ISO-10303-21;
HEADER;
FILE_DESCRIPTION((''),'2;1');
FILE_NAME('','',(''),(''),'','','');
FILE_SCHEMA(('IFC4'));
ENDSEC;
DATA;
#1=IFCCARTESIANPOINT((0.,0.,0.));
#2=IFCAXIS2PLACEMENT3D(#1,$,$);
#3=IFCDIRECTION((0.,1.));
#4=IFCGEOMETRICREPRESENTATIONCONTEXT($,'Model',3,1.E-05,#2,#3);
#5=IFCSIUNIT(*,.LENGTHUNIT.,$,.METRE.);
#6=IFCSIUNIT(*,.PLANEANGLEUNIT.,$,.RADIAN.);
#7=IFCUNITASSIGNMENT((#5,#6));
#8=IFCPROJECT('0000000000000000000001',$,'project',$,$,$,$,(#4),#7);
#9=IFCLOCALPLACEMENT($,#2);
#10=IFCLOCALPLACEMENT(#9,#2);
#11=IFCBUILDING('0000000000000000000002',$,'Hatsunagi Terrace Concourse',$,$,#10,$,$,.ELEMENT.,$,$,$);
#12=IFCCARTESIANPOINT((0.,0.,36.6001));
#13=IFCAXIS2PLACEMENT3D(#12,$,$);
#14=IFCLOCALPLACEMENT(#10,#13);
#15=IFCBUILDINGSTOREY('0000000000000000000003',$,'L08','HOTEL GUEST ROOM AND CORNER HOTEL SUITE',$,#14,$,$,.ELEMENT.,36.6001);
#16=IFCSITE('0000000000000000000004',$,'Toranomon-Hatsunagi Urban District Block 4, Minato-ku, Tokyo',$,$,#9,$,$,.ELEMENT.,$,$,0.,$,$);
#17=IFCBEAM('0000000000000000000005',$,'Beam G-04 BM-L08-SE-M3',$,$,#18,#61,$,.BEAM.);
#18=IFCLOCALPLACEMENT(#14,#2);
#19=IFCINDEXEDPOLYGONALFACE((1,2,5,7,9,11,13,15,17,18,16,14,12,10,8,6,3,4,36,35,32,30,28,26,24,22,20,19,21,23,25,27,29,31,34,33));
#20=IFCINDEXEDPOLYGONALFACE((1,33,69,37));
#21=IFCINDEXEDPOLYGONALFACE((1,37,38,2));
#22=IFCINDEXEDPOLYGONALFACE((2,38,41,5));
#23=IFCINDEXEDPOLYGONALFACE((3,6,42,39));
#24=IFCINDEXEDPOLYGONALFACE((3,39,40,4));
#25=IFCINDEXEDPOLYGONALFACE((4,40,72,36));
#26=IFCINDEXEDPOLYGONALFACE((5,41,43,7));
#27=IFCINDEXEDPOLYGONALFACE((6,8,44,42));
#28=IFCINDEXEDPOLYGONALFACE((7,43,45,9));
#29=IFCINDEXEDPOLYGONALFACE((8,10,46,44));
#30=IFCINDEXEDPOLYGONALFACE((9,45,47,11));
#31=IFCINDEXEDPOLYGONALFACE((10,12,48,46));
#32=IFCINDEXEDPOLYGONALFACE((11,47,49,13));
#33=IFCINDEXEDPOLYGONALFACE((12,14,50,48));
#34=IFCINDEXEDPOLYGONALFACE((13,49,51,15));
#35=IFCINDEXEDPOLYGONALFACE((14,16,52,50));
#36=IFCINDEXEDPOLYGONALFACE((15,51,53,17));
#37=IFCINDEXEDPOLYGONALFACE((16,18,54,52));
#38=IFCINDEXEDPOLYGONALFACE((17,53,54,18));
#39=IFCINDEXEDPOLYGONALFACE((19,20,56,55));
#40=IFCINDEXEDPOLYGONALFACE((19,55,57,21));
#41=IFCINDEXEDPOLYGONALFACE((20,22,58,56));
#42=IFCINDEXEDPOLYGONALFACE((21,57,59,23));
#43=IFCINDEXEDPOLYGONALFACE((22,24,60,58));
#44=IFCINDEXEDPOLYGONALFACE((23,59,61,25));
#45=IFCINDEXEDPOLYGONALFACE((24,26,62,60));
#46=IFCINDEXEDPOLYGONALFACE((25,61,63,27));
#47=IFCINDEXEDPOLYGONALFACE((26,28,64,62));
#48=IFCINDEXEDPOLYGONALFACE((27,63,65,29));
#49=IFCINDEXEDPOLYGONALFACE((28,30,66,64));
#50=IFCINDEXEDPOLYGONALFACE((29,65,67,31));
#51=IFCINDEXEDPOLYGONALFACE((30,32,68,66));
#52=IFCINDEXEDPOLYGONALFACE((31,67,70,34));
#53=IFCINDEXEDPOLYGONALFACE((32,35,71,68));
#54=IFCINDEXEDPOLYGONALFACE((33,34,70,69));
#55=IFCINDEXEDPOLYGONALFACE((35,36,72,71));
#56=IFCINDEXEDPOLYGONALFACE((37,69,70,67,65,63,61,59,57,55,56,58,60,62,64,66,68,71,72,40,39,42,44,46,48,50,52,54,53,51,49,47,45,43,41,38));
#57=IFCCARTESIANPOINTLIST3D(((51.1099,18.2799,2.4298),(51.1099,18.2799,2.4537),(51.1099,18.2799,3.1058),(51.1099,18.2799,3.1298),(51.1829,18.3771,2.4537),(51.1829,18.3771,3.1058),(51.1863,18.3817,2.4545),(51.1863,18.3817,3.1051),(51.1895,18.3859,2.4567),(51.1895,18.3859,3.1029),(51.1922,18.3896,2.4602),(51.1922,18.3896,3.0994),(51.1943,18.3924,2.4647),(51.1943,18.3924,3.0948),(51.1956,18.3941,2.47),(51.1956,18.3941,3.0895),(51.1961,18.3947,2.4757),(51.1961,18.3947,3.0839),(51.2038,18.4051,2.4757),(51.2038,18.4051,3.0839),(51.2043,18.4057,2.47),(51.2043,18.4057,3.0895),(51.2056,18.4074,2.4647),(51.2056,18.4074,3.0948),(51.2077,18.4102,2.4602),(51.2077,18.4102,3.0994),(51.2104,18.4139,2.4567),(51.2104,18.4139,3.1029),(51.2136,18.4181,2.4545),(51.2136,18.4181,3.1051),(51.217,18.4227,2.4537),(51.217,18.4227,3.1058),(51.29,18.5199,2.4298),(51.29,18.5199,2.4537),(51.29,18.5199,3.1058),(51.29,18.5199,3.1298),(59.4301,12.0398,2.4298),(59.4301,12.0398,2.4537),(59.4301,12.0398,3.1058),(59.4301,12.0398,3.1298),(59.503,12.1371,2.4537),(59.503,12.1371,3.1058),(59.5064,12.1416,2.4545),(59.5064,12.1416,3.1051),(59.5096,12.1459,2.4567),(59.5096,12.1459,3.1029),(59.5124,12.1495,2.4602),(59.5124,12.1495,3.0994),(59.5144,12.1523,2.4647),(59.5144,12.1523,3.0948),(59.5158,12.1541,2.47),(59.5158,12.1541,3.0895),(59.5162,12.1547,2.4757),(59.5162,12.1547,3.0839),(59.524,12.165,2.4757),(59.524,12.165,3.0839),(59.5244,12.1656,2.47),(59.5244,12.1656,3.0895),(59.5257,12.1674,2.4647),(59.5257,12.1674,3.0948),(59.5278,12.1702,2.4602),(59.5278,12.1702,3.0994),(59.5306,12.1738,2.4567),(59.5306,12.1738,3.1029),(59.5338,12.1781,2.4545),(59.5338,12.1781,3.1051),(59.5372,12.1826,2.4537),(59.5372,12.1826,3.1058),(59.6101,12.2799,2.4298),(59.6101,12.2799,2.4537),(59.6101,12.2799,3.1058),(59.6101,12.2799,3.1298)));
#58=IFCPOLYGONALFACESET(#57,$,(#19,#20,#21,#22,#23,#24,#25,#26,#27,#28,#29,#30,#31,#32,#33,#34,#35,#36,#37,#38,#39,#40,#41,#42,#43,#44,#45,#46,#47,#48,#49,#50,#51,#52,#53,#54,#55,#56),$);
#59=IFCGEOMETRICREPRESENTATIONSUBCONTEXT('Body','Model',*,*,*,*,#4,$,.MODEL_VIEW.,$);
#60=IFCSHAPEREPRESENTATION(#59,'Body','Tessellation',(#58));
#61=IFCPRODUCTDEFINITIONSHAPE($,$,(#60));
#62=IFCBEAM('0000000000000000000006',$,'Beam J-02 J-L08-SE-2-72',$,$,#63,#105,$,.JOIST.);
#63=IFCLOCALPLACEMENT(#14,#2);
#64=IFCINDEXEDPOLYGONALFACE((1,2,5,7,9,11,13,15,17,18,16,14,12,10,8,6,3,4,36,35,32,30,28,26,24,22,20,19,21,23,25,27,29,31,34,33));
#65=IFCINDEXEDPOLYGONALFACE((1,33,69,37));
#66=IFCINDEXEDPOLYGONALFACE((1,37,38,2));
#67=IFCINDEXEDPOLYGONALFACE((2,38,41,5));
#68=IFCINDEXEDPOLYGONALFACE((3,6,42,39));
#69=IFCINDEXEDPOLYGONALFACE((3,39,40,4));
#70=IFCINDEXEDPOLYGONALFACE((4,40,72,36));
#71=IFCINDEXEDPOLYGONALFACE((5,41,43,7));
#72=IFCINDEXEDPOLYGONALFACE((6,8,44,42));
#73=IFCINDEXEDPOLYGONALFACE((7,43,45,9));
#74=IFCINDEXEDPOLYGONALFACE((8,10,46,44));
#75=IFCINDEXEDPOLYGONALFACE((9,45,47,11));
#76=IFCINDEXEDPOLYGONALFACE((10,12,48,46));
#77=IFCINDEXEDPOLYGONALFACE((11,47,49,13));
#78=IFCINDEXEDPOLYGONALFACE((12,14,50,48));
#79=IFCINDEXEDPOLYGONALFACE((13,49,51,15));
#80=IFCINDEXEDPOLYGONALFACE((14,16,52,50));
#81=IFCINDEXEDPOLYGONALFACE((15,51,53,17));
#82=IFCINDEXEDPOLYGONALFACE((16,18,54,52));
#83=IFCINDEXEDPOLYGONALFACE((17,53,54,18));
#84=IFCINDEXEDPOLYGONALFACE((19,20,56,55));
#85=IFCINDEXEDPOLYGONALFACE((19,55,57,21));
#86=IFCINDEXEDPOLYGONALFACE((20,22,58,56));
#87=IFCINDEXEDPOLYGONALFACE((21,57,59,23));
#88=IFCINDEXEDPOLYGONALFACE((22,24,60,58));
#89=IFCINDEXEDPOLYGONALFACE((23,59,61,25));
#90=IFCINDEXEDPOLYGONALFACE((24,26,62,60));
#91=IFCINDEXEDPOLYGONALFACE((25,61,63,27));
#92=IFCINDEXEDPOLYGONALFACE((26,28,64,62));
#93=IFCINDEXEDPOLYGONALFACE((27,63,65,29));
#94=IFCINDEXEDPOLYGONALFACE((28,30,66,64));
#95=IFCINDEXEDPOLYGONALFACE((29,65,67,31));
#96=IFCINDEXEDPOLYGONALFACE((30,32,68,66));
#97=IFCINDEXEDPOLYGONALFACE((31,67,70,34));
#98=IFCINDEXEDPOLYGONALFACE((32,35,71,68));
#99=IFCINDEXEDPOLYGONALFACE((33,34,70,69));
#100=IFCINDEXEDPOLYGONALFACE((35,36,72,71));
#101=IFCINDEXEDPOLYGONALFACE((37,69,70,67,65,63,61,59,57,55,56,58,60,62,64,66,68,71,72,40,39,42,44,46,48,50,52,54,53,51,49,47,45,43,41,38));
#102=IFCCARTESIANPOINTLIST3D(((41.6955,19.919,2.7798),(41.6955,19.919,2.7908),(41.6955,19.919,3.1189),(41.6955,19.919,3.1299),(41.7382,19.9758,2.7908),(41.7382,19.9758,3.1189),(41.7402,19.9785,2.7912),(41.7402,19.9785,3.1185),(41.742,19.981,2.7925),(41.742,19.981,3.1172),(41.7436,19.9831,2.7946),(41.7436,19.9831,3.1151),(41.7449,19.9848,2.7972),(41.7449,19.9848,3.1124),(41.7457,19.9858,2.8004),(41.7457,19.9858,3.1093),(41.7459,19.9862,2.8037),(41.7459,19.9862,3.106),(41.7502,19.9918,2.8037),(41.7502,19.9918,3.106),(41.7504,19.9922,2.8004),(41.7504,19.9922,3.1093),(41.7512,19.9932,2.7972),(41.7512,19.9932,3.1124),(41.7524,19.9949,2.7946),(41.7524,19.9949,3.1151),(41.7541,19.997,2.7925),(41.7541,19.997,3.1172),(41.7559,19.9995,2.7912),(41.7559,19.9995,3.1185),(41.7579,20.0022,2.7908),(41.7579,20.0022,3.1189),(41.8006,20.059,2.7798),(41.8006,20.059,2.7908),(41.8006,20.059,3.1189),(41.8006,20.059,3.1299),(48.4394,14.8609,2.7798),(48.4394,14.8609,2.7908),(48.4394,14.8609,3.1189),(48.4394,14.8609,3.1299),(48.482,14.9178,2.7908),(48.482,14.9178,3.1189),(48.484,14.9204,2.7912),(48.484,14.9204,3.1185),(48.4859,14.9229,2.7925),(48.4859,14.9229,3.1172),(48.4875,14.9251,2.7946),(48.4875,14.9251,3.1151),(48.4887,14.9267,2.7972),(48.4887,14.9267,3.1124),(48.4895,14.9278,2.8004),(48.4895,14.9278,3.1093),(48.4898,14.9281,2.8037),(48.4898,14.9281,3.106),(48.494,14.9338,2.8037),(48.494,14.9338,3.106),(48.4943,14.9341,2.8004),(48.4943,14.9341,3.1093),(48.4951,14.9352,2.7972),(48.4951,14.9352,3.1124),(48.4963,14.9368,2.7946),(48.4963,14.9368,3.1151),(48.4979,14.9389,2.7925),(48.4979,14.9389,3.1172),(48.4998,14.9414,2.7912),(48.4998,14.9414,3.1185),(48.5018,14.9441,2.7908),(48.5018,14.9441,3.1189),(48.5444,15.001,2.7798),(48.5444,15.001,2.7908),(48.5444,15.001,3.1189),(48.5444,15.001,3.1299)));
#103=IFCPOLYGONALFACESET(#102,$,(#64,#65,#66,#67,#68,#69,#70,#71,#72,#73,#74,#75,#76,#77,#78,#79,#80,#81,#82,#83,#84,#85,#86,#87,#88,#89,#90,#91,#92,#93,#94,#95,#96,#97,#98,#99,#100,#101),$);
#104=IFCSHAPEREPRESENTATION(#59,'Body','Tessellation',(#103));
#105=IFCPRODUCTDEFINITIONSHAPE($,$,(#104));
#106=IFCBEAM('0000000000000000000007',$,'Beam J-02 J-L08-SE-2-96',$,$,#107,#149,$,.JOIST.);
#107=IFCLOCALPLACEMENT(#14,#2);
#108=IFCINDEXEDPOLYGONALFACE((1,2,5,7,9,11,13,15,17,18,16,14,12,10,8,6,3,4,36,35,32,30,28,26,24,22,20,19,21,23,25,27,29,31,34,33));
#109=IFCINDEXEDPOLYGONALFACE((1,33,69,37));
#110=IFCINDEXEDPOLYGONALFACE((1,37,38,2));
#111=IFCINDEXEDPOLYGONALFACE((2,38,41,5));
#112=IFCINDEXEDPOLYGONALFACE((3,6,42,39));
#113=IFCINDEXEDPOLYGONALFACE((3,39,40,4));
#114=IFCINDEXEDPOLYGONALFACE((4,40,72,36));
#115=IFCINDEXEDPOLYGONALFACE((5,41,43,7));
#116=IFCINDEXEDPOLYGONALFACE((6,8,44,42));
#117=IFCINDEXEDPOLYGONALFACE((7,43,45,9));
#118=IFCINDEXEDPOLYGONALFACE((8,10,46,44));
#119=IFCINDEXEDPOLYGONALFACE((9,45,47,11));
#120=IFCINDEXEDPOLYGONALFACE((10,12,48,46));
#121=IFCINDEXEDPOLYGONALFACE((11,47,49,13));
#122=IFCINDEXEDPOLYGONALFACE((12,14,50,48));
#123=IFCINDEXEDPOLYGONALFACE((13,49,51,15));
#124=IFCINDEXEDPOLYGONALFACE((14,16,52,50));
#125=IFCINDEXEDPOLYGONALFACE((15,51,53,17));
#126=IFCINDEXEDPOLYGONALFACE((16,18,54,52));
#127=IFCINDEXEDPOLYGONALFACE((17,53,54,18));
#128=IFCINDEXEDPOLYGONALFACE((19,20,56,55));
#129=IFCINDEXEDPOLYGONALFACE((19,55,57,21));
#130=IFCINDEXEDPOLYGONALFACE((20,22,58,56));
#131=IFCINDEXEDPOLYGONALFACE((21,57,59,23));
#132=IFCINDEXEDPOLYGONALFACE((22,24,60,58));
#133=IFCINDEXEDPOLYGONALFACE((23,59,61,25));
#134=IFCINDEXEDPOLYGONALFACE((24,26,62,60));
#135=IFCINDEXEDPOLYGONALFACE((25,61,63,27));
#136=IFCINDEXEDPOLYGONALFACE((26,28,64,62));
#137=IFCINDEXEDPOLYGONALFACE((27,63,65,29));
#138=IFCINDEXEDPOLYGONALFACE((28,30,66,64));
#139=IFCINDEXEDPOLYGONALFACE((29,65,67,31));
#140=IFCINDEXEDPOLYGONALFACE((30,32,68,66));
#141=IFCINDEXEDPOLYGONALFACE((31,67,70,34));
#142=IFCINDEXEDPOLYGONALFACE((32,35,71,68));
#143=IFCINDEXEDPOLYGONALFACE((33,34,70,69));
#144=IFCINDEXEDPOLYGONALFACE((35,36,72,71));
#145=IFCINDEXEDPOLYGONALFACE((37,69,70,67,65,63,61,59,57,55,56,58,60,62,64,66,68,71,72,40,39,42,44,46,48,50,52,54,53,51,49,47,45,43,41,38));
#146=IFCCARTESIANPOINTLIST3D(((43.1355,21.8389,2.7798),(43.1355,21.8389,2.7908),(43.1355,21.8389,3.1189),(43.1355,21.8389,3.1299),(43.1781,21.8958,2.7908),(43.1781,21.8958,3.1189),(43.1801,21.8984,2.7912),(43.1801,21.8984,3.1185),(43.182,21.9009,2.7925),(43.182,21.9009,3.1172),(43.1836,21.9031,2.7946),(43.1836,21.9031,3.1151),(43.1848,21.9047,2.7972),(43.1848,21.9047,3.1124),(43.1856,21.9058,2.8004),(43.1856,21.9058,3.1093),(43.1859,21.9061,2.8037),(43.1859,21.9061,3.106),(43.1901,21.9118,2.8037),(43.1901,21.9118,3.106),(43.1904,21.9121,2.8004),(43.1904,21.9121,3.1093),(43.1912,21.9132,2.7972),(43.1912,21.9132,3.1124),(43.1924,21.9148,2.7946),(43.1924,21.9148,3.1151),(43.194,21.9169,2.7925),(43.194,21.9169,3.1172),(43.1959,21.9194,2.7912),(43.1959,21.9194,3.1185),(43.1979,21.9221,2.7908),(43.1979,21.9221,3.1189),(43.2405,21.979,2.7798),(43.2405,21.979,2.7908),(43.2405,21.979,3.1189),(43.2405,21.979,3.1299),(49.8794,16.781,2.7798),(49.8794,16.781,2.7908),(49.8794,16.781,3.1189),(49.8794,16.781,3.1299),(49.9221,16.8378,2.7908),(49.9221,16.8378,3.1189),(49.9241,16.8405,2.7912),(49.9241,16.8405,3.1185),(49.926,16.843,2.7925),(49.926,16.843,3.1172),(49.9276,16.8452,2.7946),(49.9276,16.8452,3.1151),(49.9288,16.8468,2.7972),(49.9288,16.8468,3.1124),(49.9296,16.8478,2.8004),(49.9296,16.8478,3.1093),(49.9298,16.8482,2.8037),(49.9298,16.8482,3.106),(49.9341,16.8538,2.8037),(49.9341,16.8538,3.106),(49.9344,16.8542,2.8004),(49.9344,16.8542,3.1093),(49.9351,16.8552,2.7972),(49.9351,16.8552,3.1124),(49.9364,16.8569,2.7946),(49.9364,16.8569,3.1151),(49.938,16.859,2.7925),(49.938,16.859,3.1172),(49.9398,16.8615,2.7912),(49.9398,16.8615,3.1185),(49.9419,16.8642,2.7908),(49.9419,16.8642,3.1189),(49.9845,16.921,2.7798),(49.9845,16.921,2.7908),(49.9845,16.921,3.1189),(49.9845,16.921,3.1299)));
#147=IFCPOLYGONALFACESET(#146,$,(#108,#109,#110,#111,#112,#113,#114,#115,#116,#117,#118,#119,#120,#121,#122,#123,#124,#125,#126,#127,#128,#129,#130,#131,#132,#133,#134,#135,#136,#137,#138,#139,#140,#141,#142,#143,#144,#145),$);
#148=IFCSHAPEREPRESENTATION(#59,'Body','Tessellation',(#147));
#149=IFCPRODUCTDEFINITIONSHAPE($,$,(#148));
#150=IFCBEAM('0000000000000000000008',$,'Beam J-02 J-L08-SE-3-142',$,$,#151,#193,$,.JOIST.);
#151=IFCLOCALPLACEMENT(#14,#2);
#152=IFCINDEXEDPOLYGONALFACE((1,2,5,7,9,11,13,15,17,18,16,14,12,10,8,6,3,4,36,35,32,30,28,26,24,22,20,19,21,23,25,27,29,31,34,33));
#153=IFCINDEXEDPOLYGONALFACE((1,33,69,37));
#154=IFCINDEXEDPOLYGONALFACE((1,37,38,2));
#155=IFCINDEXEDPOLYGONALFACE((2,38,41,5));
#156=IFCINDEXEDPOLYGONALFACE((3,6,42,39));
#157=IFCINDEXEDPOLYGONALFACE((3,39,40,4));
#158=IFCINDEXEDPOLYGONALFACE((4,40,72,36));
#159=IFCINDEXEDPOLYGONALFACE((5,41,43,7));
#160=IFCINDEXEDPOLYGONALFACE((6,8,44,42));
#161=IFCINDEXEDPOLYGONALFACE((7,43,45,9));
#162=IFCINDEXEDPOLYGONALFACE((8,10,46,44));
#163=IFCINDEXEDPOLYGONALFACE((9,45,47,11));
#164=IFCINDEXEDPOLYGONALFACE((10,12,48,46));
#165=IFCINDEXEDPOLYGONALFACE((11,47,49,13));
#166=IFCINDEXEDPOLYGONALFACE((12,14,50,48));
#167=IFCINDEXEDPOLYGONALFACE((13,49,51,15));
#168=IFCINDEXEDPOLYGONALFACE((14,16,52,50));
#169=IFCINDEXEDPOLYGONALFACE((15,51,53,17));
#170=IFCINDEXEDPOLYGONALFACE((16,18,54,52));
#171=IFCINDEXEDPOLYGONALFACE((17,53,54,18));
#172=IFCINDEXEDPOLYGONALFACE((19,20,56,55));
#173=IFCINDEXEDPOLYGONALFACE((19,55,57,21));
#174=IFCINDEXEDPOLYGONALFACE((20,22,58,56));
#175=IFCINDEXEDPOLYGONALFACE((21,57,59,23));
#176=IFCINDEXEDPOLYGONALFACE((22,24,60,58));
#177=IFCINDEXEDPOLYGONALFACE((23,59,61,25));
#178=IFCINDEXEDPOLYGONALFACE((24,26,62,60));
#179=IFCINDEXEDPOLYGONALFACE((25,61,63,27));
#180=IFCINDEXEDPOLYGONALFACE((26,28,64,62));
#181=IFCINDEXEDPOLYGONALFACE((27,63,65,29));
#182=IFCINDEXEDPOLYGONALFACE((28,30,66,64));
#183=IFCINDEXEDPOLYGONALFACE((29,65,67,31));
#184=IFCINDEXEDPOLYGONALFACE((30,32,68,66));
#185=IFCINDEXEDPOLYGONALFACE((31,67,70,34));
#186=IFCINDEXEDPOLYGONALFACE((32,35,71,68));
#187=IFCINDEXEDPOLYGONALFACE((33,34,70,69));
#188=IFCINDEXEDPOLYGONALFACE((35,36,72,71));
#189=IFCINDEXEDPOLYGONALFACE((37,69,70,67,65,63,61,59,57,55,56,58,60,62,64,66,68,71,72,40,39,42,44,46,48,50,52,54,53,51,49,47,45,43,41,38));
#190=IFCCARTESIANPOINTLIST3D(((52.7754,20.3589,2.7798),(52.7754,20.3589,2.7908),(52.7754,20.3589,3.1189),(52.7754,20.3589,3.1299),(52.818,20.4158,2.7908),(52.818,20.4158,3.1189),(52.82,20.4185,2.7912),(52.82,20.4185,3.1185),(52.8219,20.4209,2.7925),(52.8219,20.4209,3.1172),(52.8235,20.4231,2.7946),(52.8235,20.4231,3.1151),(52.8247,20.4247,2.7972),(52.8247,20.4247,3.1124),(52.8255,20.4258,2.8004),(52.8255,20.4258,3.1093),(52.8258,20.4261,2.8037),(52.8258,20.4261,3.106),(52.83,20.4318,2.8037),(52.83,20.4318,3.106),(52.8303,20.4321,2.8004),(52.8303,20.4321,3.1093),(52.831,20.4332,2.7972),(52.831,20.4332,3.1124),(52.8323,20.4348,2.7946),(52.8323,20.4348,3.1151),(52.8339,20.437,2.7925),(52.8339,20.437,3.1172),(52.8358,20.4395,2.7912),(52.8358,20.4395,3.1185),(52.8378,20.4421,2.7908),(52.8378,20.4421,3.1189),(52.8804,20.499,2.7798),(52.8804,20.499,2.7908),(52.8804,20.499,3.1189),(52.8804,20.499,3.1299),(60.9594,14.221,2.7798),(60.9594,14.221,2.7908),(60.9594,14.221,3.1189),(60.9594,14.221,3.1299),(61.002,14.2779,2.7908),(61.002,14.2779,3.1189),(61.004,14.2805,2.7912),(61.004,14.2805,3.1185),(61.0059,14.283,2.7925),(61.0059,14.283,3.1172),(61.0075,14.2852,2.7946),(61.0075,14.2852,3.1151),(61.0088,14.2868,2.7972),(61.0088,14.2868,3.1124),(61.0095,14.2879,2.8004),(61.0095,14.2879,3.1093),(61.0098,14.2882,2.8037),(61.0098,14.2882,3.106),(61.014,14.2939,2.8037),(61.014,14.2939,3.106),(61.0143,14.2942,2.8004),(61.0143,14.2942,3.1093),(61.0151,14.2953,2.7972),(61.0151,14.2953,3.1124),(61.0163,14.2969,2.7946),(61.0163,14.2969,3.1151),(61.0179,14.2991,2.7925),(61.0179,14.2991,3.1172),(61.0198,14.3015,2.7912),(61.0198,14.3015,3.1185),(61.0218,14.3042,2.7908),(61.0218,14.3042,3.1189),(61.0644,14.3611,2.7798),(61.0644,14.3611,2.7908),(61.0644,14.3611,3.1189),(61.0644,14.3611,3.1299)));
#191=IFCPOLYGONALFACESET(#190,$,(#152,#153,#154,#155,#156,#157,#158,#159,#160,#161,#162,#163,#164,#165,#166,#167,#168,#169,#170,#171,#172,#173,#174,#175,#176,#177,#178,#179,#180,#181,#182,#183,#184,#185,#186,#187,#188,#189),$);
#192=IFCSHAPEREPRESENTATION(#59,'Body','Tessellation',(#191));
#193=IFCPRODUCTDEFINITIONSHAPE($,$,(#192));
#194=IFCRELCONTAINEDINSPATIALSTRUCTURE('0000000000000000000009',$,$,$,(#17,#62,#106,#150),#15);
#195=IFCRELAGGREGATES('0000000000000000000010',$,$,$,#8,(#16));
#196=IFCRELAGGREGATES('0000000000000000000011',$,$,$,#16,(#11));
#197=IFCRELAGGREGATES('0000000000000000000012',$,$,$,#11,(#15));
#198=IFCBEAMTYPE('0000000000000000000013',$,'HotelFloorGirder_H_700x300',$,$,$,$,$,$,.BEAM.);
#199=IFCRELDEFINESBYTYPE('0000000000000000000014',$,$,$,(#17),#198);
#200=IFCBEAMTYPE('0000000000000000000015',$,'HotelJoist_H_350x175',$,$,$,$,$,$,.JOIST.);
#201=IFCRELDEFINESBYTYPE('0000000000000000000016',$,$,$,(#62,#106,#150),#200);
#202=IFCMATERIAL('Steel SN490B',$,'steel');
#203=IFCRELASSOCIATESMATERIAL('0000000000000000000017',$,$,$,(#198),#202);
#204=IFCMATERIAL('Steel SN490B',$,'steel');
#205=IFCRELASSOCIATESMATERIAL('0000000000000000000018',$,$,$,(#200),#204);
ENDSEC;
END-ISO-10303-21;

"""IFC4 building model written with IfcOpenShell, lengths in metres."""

from ifc_helpers import new_model, si_unit, direction, frame, origin, origin_2d, place, context, subcontext, project, spatial, i_section, extrude, material, material_profile, profile_set, type_object, element, save


model = new_model("IFC4")

# Units and contexts
model_context = context("Model", 3, precision=1e-05, world=origin(), true_north=direction((0.0, 1.0)))
body_context = subcontext(model_context, "Body", "Model", "MODEL_VIEW")
ifc_project = project(units=[si_unit("LENGTHUNIT", "METRE"), si_unit("PLANEANGLEUNIT", "RADIAN")], contexts=[model_context])

# Site, building, storey
site_placement = place(None, origin())
site = spatial("IfcSite", under=ifc_project, at=site_placement, Name="Toranomon-Hatsunagi Urban District Block 4, Minato-ku, Tokyo", CompositionType="ELEMENT", RefElevation=0.0)
building_placement = place(site_placement, origin())
building = spatial("IfcBuilding", under=site, at=building_placement, Name="Hatsunagi Terrace Concourse", CompositionType="ELEMENT")
storey_placement = place(building_placement, frame((0.0, 0.0, 36.6001)))
storey = spatial("IfcBuildingStorey", under=building, at=storey_placement, Name="L08", Description="HOTEL GUEST ROOM AND CORNER HOTEL SUITE", CompositionType="ELEMENT", Elevation=36.6001)

# Beams
ifc_material_1 = material(Name="Steel SN490B", Category="steel")
ifc_material_profile_1 = material_profile(ifc_material_1, i_section(OverallWidth=0.3, OverallDepth=0.7, WebThickness=0.0129, FlangeThickness=0.0239, FilletRadius=0.022, at=origin_2d()), Name="H-700x300x13x24")
ifc_profile_set_1 = profile_set([ifc_material_profile_1], Name="Steel SN490B")
beam_type_1 = type_object("IfcBeamType", Name="HotelFloorGirder_H_700x300", PredefinedType="BEAM", material=ifc_profile_set_1)
beam_1_placement = place(storey_placement, frame((51.2, 18.3999, 2.7798), z_axis=(0.800003, -0.599996, 0.0), x_axis=(0.599996, 0.800003, 0.0)))
element("IfcBeam", 1, at=beam_1_placement, inside=storey, type_object=beam_type_1, Name="Beam G-04 BM-L08-SE-M3", PredefinedType="BEAM", context=body_context, shape_type="SweptSolid", body=[
    extrude(i_section(OverallWidth=0.3, OverallDepth=0.7, WebThickness=0.0129, FlangeThickness=0.0239, FilletRadius=0.022, at=origin_2d()), origin(), (0.0, 0.0, 1.0), 10.4001),
])
ifc_material_2 = material(Name="Steel SN490B", Category="steel")
ifc_material_profile_2 = material_profile(ifc_material_2, i_section(OverallWidth=0.175, OverallDepth=0.3501, WebThickness=0.0071, FlangeThickness=0.011, FilletRadius=0.0129, at=origin_2d()), Name="H-350x175x7x11")
ifc_profile_set_2 = profile_set([ifc_material_profile_2], Name="Steel SN490B")
beam_type_2 = type_object("IfcBeamType", Name="HotelJoist_H_350x175", PredefinedType="JOIST", material=ifc_profile_set_2)
for number, where, z_axis, x_axis, name in (
    (2, (41.748, 19.989, 2.9548), (0.79999, -0.600014, 0.0), (0.600014, 0.79999, 0.0), "Beam J-02 J-L08-SE-2-72"),
    (3, (43.188, 21.9089, 2.9548), (0.800003, -0.599995, 0.0), (0.599995, 0.800003, 0.0), "Beam J-02 J-L08-SE-2-96"),
):
    element("IfcBeam", number, at=place(storey_placement, frame(where, z_axis=z_axis, x_axis=x_axis)), inside=storey, type_object=beam_type_2, Name=name, PredefinedType="JOIST", context=body_context, shape_type="SweptSolid", body=[
        extrude(i_section(OverallWidth=0.175, OverallDepth=0.3501, WebThickness=0.0071, FlangeThickness=0.011, FilletRadius=0.0129, at=origin_2d()), origin(), (0.0, 0.0, 1.0), 8.4299),
    ])
for number, where, z_axis, x_axis, name in (
    (4, (52.8279, 20.429, 2.9548), (0.800006, -0.599992, 0.0), (0.599992, 0.800006, 0.0), "Beam J-02 J-L08-SE-3-142"),
):
    element("IfcBeam", number, at=place(storey_placement, frame(where, z_axis=z_axis, x_axis=x_axis)), inside=storey, type_object=beam_type_2, Name=name, PredefinedType="JOIST", context=body_context, shape_type="SweptSolid", body=[
        extrude(i_section(OverallWidth=0.175, OverallDepth=0.3501, WebThickness=0.0071, FlangeThickness=0.011, FilletRadius=0.0129, at=origin_2d()), origin(), (0.0, 0.0, 1.0), 10.23),
    ])

save(model, "model.ifc")
